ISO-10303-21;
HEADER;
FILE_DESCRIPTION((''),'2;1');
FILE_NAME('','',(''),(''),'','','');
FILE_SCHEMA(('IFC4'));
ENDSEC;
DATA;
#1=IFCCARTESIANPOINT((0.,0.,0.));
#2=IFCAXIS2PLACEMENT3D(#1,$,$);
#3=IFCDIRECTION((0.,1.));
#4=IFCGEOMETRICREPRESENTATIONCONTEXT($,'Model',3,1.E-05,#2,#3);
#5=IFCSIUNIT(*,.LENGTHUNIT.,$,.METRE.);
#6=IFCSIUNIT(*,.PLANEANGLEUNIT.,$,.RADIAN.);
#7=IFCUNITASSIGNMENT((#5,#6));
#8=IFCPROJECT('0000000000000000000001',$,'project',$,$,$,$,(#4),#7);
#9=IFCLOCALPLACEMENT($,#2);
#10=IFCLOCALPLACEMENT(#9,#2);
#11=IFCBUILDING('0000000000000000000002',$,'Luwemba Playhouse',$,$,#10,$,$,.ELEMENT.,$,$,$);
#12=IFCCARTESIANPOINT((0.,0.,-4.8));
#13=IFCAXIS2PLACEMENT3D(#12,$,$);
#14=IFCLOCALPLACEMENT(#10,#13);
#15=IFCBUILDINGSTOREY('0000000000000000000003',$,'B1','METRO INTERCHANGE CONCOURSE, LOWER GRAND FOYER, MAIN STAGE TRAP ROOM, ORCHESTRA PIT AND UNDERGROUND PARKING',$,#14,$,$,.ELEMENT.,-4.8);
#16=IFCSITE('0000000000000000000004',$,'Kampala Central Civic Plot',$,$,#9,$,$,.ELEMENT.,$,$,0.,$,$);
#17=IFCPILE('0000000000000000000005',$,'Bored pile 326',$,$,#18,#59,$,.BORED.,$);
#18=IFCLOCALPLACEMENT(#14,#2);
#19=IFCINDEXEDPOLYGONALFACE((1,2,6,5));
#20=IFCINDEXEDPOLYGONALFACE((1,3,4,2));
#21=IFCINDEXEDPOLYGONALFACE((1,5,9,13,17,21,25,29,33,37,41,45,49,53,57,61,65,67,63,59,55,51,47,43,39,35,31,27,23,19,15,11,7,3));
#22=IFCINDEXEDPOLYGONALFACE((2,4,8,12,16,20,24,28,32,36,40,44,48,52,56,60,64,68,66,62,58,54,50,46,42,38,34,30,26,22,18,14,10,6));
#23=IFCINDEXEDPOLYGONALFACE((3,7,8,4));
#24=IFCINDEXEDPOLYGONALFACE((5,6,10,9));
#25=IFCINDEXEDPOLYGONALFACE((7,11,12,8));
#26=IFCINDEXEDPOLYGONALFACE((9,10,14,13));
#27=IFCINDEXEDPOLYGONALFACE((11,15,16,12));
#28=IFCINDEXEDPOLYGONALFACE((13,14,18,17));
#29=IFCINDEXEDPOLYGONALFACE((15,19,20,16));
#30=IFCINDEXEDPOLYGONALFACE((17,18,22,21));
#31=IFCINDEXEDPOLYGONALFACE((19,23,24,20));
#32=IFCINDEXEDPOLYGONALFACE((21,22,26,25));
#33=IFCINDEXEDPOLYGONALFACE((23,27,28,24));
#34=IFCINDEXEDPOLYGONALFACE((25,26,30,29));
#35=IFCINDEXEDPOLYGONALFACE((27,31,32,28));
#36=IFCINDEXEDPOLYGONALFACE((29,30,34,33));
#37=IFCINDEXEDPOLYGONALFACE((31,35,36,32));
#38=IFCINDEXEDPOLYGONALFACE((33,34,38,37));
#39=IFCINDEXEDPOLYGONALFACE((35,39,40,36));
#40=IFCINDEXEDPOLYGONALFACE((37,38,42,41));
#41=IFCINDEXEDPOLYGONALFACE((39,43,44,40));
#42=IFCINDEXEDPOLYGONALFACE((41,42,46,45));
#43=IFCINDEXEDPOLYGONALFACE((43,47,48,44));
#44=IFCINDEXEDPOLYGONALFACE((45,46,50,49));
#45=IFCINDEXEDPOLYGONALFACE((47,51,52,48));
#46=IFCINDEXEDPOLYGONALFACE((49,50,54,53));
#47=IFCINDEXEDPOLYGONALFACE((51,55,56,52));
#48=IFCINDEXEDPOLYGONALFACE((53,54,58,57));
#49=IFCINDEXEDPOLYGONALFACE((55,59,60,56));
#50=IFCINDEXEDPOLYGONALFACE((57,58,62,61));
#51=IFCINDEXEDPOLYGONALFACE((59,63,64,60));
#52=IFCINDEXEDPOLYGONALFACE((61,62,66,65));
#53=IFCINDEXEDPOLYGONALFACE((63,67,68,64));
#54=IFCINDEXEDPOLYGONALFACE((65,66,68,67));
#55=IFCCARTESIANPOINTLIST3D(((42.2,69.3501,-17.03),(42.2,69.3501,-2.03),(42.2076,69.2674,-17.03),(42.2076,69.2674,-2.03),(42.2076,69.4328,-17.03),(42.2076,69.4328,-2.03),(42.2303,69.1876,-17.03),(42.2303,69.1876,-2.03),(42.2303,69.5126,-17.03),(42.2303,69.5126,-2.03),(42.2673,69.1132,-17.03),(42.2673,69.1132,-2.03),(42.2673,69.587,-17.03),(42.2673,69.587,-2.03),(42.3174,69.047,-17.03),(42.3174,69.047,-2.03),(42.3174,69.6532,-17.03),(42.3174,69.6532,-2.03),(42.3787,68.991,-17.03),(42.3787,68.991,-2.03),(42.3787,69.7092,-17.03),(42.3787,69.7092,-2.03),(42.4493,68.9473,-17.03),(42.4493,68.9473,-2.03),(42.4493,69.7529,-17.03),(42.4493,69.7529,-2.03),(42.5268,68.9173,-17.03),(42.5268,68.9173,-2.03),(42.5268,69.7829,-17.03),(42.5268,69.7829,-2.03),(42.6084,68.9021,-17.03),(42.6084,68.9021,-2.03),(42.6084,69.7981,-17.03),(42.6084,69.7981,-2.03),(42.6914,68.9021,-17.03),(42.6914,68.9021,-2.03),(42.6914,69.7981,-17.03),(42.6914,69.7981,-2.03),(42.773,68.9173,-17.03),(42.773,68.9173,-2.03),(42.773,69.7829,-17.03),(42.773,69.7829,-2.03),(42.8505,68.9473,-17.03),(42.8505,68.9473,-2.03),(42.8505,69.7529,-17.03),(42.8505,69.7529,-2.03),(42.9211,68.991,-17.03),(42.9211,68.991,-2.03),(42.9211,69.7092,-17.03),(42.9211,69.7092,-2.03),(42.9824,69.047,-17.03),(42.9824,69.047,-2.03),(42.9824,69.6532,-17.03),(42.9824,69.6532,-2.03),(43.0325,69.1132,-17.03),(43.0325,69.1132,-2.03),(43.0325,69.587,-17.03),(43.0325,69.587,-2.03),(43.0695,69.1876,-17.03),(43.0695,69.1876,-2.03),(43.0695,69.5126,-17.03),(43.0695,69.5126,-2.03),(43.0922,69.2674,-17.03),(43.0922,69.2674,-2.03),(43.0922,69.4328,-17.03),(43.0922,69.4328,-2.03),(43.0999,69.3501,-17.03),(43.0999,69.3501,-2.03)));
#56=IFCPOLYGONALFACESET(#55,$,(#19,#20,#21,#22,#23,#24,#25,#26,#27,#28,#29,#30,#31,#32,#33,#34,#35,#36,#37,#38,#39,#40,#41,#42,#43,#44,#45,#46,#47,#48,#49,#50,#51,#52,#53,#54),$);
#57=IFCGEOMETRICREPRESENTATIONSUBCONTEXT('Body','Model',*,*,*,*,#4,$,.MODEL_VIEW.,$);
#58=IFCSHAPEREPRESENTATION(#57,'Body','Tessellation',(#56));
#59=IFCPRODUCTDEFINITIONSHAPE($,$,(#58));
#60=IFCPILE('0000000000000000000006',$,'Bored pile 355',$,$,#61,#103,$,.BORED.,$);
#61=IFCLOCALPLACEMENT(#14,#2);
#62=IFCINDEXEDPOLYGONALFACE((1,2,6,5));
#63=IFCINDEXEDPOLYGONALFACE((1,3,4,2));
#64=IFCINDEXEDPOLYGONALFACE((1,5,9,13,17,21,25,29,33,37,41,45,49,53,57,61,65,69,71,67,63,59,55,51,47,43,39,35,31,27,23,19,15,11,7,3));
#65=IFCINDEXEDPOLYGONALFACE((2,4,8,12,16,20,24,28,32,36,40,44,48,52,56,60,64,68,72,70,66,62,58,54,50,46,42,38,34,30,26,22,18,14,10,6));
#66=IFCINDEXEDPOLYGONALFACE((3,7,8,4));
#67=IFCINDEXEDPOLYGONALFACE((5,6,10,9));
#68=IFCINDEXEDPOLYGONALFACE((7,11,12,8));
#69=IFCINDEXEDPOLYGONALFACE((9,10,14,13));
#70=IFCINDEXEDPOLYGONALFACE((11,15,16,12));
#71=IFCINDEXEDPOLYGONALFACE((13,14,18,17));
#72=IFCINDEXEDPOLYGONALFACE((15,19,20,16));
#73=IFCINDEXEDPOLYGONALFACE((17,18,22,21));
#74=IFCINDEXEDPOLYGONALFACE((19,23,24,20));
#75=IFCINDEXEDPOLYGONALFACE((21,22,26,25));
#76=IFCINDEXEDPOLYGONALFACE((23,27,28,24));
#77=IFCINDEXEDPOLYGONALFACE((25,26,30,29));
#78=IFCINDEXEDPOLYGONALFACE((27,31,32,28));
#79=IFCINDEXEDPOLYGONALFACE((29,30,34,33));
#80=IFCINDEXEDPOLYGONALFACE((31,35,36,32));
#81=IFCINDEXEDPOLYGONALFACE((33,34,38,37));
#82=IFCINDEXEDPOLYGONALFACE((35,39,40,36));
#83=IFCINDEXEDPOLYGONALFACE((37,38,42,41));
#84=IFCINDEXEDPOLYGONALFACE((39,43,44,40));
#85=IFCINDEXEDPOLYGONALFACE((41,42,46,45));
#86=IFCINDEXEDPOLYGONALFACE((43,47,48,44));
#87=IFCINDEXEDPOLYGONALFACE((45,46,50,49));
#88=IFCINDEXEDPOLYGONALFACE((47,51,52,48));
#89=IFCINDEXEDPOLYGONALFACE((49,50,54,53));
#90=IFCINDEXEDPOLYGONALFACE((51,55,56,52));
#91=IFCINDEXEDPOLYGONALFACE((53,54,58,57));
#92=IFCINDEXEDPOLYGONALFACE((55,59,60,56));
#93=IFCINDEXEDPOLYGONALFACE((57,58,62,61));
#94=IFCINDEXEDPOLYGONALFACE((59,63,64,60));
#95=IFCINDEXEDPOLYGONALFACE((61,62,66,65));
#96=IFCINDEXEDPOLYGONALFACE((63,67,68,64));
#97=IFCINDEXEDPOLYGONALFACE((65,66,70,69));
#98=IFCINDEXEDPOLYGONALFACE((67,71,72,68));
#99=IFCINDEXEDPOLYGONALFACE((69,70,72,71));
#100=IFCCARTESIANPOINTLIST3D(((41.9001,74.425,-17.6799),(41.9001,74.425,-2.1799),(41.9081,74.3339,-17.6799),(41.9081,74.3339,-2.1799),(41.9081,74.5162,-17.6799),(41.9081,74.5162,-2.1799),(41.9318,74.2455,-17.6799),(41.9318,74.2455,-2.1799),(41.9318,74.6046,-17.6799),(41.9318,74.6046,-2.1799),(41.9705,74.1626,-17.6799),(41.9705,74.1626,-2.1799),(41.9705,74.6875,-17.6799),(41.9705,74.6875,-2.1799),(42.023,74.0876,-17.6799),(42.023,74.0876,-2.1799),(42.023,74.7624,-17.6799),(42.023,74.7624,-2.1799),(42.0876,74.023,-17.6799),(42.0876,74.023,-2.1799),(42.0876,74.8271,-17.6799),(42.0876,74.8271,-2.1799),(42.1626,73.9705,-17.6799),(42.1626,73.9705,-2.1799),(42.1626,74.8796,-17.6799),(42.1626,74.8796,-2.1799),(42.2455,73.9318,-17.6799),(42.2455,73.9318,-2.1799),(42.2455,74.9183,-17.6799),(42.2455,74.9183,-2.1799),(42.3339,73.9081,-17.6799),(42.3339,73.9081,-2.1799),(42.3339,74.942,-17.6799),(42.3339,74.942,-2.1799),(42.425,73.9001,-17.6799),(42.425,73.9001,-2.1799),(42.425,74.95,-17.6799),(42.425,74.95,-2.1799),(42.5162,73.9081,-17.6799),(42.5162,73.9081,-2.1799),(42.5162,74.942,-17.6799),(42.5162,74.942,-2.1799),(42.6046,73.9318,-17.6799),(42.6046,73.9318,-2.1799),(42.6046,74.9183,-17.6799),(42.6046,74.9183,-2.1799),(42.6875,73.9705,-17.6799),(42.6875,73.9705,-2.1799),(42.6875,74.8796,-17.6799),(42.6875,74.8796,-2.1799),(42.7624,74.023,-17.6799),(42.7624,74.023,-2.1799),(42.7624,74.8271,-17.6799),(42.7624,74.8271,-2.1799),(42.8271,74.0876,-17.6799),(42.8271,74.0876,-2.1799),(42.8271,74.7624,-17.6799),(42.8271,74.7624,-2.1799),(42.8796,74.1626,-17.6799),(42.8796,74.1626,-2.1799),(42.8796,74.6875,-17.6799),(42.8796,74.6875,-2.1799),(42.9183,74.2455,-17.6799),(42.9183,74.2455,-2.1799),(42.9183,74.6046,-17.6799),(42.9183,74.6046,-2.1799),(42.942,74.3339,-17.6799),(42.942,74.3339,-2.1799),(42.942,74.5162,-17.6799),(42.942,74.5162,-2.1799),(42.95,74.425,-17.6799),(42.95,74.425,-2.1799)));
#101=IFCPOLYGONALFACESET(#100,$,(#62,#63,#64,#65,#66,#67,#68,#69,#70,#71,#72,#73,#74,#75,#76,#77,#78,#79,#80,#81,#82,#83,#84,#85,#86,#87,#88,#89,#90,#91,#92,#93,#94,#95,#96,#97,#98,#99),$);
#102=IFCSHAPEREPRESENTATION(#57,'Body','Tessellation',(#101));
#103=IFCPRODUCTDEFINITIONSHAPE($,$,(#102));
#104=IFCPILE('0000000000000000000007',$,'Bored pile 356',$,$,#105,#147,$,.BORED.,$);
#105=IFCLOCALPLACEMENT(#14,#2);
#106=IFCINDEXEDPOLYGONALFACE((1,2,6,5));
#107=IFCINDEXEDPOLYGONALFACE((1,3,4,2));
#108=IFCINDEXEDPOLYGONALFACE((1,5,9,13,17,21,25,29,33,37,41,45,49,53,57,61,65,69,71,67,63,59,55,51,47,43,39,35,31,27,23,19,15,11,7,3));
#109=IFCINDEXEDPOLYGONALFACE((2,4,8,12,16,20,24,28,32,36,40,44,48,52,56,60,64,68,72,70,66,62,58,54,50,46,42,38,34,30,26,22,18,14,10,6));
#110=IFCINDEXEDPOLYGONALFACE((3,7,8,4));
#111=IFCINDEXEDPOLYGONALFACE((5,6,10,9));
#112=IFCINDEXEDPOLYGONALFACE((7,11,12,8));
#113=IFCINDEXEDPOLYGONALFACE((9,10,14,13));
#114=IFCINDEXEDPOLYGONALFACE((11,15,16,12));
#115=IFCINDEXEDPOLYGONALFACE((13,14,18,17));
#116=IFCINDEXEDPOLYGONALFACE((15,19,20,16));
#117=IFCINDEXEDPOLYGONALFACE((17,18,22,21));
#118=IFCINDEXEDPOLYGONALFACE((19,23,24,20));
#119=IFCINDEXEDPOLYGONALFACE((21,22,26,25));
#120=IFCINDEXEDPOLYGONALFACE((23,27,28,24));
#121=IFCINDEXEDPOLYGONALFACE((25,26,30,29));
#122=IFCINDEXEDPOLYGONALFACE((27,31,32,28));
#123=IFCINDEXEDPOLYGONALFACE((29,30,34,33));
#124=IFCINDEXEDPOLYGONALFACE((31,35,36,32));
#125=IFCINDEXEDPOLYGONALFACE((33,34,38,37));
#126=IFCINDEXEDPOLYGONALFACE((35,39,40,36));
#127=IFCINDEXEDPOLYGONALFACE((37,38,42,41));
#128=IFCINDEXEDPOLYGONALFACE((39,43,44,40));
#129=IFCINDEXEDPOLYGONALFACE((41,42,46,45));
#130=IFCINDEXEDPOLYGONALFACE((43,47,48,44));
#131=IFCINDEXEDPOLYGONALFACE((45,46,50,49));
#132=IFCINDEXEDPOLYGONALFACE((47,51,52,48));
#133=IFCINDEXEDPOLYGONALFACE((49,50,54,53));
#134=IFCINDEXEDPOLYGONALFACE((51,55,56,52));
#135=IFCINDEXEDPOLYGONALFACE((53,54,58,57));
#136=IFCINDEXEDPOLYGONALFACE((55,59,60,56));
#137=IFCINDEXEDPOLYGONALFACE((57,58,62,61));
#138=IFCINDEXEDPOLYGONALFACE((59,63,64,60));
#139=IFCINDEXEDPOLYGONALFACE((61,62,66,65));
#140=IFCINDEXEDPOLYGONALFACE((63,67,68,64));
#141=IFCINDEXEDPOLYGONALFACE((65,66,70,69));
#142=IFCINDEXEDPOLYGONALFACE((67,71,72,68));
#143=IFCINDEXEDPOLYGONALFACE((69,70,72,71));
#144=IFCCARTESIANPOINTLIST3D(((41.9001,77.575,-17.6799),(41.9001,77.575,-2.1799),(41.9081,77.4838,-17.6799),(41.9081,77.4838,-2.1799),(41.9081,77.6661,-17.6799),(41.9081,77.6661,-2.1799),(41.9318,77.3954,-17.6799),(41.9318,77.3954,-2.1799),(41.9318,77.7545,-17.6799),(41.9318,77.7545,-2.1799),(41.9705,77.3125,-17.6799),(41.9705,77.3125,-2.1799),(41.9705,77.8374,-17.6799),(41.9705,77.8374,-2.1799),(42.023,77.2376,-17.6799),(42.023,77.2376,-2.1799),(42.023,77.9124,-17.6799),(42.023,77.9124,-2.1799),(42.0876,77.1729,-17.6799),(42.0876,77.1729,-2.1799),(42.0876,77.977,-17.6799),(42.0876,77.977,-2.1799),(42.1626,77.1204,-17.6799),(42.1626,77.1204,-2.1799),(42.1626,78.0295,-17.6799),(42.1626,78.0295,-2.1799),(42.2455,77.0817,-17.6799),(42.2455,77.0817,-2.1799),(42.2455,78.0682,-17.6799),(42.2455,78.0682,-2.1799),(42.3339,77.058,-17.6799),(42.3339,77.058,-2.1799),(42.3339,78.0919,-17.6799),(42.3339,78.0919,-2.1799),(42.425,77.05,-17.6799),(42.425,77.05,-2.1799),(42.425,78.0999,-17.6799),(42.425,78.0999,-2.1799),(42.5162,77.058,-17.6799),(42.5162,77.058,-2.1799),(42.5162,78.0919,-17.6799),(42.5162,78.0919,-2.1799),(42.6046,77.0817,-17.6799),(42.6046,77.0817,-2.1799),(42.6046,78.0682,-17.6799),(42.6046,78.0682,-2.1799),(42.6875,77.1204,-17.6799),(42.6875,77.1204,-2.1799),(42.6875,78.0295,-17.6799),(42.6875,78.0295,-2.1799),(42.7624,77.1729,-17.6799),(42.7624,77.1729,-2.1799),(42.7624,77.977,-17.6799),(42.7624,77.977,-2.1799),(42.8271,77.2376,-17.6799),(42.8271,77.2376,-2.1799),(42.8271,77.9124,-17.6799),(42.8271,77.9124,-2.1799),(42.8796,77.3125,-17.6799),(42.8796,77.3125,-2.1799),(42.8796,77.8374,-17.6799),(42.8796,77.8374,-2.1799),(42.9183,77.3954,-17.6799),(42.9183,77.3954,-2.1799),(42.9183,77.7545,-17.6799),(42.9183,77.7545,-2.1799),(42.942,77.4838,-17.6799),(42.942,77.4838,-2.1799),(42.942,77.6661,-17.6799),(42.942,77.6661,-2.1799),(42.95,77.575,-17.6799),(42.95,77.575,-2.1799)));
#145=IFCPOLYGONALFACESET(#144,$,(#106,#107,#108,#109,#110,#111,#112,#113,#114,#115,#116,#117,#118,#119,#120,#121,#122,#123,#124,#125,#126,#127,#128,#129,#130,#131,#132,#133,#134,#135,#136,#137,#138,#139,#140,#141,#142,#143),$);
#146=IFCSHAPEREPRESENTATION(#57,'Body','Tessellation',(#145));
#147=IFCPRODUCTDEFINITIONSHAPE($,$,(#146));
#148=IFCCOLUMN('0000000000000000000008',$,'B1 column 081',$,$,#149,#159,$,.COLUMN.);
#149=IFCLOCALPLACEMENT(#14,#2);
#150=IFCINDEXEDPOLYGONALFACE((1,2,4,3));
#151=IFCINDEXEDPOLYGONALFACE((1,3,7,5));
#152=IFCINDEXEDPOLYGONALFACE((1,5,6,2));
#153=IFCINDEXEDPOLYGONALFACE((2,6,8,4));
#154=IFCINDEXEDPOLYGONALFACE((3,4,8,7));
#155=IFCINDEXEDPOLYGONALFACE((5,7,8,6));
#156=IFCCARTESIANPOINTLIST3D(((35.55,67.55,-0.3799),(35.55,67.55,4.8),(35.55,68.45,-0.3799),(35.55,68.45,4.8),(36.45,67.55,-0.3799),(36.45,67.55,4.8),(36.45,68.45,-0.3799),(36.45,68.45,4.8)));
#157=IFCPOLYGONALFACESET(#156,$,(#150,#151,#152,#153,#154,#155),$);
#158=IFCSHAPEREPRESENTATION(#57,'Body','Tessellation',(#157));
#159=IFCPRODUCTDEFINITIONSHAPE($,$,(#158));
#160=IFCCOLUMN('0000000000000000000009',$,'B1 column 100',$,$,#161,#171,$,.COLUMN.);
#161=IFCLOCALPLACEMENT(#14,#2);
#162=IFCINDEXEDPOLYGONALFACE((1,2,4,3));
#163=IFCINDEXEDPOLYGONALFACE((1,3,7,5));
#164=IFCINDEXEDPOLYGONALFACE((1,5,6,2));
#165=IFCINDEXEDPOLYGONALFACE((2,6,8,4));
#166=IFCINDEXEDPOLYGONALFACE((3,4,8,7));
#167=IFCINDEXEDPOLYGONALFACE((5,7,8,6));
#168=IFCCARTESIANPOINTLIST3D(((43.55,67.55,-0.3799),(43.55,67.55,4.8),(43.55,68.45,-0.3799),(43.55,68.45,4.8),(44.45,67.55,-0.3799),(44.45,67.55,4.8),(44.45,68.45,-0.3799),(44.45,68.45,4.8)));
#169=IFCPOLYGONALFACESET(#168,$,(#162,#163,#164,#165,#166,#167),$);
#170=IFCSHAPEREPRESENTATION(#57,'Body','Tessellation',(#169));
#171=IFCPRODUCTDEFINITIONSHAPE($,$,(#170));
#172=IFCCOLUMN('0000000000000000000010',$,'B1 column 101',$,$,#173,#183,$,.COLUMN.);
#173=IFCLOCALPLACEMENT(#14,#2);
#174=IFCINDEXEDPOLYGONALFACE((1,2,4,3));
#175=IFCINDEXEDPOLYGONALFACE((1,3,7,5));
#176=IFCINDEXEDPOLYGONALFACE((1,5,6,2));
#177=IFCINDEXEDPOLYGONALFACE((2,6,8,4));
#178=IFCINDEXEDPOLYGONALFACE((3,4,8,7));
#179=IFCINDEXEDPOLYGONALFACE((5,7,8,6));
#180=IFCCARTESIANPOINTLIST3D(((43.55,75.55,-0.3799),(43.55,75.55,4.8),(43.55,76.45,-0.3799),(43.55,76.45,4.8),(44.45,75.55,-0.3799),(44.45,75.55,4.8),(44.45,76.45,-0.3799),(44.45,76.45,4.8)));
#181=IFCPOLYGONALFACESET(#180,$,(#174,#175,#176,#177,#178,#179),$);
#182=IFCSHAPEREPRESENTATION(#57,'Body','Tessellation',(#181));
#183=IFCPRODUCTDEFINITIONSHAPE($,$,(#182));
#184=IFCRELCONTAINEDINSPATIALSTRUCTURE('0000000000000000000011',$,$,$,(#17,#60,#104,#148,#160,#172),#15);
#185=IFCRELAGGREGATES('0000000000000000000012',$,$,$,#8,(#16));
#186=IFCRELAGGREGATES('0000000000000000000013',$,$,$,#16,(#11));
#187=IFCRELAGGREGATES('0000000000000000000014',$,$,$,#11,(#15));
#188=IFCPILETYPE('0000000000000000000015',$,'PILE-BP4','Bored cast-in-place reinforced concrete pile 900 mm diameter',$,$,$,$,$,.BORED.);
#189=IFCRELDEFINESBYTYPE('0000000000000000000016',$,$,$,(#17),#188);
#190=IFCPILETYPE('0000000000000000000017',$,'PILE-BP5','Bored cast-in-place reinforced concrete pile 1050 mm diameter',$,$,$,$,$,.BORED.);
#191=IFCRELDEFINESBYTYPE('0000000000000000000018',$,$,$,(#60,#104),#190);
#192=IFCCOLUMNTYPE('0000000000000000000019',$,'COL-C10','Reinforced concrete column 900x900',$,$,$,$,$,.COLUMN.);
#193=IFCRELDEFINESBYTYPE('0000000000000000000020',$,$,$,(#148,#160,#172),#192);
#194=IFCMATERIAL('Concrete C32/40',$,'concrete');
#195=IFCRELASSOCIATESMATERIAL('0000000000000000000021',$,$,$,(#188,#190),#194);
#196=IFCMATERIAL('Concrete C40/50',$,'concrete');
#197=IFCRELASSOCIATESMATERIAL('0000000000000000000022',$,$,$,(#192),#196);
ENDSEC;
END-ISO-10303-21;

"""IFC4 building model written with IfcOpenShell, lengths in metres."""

from ifc_helpers import new_model, si_unit, direction, frame, origin, origin_2d, place, context, subcontext, project, spatial, rectangle, circle, extrude, material, material_profile, profile_set, type_object, element, save


model = new_model("IFC4")

# Units and contexts
model_context = context("Model", 3, precision=1e-05, world=origin(), true_north=direction((0.0, 1.0)))
body_context = subcontext(model_context, "Body", "Model", "MODEL_VIEW")
ifc_project = project(units=[si_unit("LENGTHUNIT", "METRE"), si_unit("PLANEANGLEUNIT", "RADIAN")], contexts=[model_context])

# Site, building, storey
site_placement = place(None, origin())
site = spatial("IfcSite", under=ifc_project, at=site_placement, Name="Kampala Central Civic Plot", CompositionType="ELEMENT", RefElevation=0.0)
building_placement = place(site_placement, origin())
building = spatial("IfcBuilding", under=site, at=building_placement, Name="Luwemba Playhouse", CompositionType="ELEMENT")
storey_placement = place(building_placement, frame((0.0, 0.0, -4.8)))
storey = spatial("IfcBuildingStorey", under=building, at=storey_placement, Name="B1", Description="METRO INTERCHANGE CONCOURSE, LOWER GRAND FOYER, MAIN STAGE TRAP ROOM, ORCHESTRA PIT AND UNDERGROUND PARKING", CompositionType="ELEMENT", Elevation=-4.8)

# Shared definitions
ifc_material_1 = material(Name="Concrete C32/40", Category="concrete")

# Piles
ifc_material_profile_1 = material_profile(ifc_material_1, circle(Radius=0.45, at=origin_2d()))
ifc_profile_set_1 = profile_set([ifc_material_profile_1], Name="Concrete C32/40")
pile_type_1 = type_object("IfcPileType", Name="PILE-BP4", Description="Bored cast-in-place reinforced concrete pile 900 mm diameter", PredefinedType="BORED", material=ifc_profile_set_1)
for number, where, z_axis, x_axis, name in (
    (1, (42.6499, 69.3501, -2.03), (0.0, 0.0, -1.0), (1.0, 0.0, 0.0), "Bored pile 326"),
):
    element("IfcPile", number, at=place(storey_placement, frame(where, z_axis=z_axis, x_axis=x_axis)), inside=storey, type_object=pile_type_1, Name=name, PredefinedType="BORED", context=body_context, shape_type="SweptSolid", body=[
        extrude(circle(Radius=0.45, at=origin_2d()), origin(), (0.0, 0.0, 1.0), 15.0),
    ])
ifc_material_profile_2 = material_profile(ifc_material_1, circle(Radius=0.5249, at=origin_2d()))
ifc_profile_set_2 = profile_set([ifc_material_profile_2], Name="Concrete C32/40")
pile_type_2 = type_object("IfcPileType", Name="PILE-BP5", Description="Bored cast-in-place reinforced concrete pile 1050 mm diameter", PredefinedType="BORED", material=ifc_profile_set_2)
for number, where, z_axis, x_axis, name in (
    (2, (42.425, 74.425, -2.1799), (0.0, 0.0, -1.0), (1.0, 0.0, 0.0), "Bored pile 355"),
    (3, (42.425, 77.575, -2.1799), (0.0, 0.0, -1.0), (1.0, 0.0, 0.0), "Bored pile 356"),
):
    element("IfcPile", number, at=place(storey_placement, frame(where, z_axis=z_axis, x_axis=x_axis)), inside=storey, type_object=pile_type_2, Name=name, PredefinedType="BORED", context=body_context, shape_type="SweptSolid", body=[
        extrude(circle(Radius=0.5249, at=origin_2d()), origin(), (0.0, 0.0, 1.0), 15.5),
    ])

# Columns
ifc_material_2 = material(Name="Concrete C40/50", Category="concrete")
ifc_material_profile_3 = material_profile(ifc_material_2, rectangle(XDim=0.8999, YDim=0.8999, at=origin_2d()))
ifc_profile_set_3 = profile_set([ifc_material_profile_3], Name="Concrete C40/50")
column_type = type_object("IfcColumnType", Name="COL-C10", Description="Reinforced concrete column 900x900", PredefinedType="COLUMN", material=ifc_profile_set_3)
for number, where, z_axis, x_axis, name in (
    (4, (36.0, 68.0, -0.3799), (0.0, 0.0, 1.0), (1.0, 0.0, 0.0), "B1 column 081"),
    (5, (44.0, 68.0, -0.3799), (0.0, 0.0, 1.0), (1.0, 0.0, 0.0), "B1 column 100"),
    (6, (44.0, 76.0, -0.3799), (0.0, 0.0, 1.0), (1.0, 0.0, 0.0), "B1 column 101"),
):
    element("IfcColumn", number, at=place(storey_placement, frame(where, z_axis=z_axis, x_axis=x_axis)), inside=storey, type_object=column_type, Name=name, PredefinedType="COLUMN", context=body_context, shape_type="SweptSolid", body=[
        extrude(rectangle(XDim=0.8999, YDim=0.8999, at=origin_2d()), origin(), (0.0, 0.0, 1.0), 5.1799),
    ])

save(model, "model.ifc")
